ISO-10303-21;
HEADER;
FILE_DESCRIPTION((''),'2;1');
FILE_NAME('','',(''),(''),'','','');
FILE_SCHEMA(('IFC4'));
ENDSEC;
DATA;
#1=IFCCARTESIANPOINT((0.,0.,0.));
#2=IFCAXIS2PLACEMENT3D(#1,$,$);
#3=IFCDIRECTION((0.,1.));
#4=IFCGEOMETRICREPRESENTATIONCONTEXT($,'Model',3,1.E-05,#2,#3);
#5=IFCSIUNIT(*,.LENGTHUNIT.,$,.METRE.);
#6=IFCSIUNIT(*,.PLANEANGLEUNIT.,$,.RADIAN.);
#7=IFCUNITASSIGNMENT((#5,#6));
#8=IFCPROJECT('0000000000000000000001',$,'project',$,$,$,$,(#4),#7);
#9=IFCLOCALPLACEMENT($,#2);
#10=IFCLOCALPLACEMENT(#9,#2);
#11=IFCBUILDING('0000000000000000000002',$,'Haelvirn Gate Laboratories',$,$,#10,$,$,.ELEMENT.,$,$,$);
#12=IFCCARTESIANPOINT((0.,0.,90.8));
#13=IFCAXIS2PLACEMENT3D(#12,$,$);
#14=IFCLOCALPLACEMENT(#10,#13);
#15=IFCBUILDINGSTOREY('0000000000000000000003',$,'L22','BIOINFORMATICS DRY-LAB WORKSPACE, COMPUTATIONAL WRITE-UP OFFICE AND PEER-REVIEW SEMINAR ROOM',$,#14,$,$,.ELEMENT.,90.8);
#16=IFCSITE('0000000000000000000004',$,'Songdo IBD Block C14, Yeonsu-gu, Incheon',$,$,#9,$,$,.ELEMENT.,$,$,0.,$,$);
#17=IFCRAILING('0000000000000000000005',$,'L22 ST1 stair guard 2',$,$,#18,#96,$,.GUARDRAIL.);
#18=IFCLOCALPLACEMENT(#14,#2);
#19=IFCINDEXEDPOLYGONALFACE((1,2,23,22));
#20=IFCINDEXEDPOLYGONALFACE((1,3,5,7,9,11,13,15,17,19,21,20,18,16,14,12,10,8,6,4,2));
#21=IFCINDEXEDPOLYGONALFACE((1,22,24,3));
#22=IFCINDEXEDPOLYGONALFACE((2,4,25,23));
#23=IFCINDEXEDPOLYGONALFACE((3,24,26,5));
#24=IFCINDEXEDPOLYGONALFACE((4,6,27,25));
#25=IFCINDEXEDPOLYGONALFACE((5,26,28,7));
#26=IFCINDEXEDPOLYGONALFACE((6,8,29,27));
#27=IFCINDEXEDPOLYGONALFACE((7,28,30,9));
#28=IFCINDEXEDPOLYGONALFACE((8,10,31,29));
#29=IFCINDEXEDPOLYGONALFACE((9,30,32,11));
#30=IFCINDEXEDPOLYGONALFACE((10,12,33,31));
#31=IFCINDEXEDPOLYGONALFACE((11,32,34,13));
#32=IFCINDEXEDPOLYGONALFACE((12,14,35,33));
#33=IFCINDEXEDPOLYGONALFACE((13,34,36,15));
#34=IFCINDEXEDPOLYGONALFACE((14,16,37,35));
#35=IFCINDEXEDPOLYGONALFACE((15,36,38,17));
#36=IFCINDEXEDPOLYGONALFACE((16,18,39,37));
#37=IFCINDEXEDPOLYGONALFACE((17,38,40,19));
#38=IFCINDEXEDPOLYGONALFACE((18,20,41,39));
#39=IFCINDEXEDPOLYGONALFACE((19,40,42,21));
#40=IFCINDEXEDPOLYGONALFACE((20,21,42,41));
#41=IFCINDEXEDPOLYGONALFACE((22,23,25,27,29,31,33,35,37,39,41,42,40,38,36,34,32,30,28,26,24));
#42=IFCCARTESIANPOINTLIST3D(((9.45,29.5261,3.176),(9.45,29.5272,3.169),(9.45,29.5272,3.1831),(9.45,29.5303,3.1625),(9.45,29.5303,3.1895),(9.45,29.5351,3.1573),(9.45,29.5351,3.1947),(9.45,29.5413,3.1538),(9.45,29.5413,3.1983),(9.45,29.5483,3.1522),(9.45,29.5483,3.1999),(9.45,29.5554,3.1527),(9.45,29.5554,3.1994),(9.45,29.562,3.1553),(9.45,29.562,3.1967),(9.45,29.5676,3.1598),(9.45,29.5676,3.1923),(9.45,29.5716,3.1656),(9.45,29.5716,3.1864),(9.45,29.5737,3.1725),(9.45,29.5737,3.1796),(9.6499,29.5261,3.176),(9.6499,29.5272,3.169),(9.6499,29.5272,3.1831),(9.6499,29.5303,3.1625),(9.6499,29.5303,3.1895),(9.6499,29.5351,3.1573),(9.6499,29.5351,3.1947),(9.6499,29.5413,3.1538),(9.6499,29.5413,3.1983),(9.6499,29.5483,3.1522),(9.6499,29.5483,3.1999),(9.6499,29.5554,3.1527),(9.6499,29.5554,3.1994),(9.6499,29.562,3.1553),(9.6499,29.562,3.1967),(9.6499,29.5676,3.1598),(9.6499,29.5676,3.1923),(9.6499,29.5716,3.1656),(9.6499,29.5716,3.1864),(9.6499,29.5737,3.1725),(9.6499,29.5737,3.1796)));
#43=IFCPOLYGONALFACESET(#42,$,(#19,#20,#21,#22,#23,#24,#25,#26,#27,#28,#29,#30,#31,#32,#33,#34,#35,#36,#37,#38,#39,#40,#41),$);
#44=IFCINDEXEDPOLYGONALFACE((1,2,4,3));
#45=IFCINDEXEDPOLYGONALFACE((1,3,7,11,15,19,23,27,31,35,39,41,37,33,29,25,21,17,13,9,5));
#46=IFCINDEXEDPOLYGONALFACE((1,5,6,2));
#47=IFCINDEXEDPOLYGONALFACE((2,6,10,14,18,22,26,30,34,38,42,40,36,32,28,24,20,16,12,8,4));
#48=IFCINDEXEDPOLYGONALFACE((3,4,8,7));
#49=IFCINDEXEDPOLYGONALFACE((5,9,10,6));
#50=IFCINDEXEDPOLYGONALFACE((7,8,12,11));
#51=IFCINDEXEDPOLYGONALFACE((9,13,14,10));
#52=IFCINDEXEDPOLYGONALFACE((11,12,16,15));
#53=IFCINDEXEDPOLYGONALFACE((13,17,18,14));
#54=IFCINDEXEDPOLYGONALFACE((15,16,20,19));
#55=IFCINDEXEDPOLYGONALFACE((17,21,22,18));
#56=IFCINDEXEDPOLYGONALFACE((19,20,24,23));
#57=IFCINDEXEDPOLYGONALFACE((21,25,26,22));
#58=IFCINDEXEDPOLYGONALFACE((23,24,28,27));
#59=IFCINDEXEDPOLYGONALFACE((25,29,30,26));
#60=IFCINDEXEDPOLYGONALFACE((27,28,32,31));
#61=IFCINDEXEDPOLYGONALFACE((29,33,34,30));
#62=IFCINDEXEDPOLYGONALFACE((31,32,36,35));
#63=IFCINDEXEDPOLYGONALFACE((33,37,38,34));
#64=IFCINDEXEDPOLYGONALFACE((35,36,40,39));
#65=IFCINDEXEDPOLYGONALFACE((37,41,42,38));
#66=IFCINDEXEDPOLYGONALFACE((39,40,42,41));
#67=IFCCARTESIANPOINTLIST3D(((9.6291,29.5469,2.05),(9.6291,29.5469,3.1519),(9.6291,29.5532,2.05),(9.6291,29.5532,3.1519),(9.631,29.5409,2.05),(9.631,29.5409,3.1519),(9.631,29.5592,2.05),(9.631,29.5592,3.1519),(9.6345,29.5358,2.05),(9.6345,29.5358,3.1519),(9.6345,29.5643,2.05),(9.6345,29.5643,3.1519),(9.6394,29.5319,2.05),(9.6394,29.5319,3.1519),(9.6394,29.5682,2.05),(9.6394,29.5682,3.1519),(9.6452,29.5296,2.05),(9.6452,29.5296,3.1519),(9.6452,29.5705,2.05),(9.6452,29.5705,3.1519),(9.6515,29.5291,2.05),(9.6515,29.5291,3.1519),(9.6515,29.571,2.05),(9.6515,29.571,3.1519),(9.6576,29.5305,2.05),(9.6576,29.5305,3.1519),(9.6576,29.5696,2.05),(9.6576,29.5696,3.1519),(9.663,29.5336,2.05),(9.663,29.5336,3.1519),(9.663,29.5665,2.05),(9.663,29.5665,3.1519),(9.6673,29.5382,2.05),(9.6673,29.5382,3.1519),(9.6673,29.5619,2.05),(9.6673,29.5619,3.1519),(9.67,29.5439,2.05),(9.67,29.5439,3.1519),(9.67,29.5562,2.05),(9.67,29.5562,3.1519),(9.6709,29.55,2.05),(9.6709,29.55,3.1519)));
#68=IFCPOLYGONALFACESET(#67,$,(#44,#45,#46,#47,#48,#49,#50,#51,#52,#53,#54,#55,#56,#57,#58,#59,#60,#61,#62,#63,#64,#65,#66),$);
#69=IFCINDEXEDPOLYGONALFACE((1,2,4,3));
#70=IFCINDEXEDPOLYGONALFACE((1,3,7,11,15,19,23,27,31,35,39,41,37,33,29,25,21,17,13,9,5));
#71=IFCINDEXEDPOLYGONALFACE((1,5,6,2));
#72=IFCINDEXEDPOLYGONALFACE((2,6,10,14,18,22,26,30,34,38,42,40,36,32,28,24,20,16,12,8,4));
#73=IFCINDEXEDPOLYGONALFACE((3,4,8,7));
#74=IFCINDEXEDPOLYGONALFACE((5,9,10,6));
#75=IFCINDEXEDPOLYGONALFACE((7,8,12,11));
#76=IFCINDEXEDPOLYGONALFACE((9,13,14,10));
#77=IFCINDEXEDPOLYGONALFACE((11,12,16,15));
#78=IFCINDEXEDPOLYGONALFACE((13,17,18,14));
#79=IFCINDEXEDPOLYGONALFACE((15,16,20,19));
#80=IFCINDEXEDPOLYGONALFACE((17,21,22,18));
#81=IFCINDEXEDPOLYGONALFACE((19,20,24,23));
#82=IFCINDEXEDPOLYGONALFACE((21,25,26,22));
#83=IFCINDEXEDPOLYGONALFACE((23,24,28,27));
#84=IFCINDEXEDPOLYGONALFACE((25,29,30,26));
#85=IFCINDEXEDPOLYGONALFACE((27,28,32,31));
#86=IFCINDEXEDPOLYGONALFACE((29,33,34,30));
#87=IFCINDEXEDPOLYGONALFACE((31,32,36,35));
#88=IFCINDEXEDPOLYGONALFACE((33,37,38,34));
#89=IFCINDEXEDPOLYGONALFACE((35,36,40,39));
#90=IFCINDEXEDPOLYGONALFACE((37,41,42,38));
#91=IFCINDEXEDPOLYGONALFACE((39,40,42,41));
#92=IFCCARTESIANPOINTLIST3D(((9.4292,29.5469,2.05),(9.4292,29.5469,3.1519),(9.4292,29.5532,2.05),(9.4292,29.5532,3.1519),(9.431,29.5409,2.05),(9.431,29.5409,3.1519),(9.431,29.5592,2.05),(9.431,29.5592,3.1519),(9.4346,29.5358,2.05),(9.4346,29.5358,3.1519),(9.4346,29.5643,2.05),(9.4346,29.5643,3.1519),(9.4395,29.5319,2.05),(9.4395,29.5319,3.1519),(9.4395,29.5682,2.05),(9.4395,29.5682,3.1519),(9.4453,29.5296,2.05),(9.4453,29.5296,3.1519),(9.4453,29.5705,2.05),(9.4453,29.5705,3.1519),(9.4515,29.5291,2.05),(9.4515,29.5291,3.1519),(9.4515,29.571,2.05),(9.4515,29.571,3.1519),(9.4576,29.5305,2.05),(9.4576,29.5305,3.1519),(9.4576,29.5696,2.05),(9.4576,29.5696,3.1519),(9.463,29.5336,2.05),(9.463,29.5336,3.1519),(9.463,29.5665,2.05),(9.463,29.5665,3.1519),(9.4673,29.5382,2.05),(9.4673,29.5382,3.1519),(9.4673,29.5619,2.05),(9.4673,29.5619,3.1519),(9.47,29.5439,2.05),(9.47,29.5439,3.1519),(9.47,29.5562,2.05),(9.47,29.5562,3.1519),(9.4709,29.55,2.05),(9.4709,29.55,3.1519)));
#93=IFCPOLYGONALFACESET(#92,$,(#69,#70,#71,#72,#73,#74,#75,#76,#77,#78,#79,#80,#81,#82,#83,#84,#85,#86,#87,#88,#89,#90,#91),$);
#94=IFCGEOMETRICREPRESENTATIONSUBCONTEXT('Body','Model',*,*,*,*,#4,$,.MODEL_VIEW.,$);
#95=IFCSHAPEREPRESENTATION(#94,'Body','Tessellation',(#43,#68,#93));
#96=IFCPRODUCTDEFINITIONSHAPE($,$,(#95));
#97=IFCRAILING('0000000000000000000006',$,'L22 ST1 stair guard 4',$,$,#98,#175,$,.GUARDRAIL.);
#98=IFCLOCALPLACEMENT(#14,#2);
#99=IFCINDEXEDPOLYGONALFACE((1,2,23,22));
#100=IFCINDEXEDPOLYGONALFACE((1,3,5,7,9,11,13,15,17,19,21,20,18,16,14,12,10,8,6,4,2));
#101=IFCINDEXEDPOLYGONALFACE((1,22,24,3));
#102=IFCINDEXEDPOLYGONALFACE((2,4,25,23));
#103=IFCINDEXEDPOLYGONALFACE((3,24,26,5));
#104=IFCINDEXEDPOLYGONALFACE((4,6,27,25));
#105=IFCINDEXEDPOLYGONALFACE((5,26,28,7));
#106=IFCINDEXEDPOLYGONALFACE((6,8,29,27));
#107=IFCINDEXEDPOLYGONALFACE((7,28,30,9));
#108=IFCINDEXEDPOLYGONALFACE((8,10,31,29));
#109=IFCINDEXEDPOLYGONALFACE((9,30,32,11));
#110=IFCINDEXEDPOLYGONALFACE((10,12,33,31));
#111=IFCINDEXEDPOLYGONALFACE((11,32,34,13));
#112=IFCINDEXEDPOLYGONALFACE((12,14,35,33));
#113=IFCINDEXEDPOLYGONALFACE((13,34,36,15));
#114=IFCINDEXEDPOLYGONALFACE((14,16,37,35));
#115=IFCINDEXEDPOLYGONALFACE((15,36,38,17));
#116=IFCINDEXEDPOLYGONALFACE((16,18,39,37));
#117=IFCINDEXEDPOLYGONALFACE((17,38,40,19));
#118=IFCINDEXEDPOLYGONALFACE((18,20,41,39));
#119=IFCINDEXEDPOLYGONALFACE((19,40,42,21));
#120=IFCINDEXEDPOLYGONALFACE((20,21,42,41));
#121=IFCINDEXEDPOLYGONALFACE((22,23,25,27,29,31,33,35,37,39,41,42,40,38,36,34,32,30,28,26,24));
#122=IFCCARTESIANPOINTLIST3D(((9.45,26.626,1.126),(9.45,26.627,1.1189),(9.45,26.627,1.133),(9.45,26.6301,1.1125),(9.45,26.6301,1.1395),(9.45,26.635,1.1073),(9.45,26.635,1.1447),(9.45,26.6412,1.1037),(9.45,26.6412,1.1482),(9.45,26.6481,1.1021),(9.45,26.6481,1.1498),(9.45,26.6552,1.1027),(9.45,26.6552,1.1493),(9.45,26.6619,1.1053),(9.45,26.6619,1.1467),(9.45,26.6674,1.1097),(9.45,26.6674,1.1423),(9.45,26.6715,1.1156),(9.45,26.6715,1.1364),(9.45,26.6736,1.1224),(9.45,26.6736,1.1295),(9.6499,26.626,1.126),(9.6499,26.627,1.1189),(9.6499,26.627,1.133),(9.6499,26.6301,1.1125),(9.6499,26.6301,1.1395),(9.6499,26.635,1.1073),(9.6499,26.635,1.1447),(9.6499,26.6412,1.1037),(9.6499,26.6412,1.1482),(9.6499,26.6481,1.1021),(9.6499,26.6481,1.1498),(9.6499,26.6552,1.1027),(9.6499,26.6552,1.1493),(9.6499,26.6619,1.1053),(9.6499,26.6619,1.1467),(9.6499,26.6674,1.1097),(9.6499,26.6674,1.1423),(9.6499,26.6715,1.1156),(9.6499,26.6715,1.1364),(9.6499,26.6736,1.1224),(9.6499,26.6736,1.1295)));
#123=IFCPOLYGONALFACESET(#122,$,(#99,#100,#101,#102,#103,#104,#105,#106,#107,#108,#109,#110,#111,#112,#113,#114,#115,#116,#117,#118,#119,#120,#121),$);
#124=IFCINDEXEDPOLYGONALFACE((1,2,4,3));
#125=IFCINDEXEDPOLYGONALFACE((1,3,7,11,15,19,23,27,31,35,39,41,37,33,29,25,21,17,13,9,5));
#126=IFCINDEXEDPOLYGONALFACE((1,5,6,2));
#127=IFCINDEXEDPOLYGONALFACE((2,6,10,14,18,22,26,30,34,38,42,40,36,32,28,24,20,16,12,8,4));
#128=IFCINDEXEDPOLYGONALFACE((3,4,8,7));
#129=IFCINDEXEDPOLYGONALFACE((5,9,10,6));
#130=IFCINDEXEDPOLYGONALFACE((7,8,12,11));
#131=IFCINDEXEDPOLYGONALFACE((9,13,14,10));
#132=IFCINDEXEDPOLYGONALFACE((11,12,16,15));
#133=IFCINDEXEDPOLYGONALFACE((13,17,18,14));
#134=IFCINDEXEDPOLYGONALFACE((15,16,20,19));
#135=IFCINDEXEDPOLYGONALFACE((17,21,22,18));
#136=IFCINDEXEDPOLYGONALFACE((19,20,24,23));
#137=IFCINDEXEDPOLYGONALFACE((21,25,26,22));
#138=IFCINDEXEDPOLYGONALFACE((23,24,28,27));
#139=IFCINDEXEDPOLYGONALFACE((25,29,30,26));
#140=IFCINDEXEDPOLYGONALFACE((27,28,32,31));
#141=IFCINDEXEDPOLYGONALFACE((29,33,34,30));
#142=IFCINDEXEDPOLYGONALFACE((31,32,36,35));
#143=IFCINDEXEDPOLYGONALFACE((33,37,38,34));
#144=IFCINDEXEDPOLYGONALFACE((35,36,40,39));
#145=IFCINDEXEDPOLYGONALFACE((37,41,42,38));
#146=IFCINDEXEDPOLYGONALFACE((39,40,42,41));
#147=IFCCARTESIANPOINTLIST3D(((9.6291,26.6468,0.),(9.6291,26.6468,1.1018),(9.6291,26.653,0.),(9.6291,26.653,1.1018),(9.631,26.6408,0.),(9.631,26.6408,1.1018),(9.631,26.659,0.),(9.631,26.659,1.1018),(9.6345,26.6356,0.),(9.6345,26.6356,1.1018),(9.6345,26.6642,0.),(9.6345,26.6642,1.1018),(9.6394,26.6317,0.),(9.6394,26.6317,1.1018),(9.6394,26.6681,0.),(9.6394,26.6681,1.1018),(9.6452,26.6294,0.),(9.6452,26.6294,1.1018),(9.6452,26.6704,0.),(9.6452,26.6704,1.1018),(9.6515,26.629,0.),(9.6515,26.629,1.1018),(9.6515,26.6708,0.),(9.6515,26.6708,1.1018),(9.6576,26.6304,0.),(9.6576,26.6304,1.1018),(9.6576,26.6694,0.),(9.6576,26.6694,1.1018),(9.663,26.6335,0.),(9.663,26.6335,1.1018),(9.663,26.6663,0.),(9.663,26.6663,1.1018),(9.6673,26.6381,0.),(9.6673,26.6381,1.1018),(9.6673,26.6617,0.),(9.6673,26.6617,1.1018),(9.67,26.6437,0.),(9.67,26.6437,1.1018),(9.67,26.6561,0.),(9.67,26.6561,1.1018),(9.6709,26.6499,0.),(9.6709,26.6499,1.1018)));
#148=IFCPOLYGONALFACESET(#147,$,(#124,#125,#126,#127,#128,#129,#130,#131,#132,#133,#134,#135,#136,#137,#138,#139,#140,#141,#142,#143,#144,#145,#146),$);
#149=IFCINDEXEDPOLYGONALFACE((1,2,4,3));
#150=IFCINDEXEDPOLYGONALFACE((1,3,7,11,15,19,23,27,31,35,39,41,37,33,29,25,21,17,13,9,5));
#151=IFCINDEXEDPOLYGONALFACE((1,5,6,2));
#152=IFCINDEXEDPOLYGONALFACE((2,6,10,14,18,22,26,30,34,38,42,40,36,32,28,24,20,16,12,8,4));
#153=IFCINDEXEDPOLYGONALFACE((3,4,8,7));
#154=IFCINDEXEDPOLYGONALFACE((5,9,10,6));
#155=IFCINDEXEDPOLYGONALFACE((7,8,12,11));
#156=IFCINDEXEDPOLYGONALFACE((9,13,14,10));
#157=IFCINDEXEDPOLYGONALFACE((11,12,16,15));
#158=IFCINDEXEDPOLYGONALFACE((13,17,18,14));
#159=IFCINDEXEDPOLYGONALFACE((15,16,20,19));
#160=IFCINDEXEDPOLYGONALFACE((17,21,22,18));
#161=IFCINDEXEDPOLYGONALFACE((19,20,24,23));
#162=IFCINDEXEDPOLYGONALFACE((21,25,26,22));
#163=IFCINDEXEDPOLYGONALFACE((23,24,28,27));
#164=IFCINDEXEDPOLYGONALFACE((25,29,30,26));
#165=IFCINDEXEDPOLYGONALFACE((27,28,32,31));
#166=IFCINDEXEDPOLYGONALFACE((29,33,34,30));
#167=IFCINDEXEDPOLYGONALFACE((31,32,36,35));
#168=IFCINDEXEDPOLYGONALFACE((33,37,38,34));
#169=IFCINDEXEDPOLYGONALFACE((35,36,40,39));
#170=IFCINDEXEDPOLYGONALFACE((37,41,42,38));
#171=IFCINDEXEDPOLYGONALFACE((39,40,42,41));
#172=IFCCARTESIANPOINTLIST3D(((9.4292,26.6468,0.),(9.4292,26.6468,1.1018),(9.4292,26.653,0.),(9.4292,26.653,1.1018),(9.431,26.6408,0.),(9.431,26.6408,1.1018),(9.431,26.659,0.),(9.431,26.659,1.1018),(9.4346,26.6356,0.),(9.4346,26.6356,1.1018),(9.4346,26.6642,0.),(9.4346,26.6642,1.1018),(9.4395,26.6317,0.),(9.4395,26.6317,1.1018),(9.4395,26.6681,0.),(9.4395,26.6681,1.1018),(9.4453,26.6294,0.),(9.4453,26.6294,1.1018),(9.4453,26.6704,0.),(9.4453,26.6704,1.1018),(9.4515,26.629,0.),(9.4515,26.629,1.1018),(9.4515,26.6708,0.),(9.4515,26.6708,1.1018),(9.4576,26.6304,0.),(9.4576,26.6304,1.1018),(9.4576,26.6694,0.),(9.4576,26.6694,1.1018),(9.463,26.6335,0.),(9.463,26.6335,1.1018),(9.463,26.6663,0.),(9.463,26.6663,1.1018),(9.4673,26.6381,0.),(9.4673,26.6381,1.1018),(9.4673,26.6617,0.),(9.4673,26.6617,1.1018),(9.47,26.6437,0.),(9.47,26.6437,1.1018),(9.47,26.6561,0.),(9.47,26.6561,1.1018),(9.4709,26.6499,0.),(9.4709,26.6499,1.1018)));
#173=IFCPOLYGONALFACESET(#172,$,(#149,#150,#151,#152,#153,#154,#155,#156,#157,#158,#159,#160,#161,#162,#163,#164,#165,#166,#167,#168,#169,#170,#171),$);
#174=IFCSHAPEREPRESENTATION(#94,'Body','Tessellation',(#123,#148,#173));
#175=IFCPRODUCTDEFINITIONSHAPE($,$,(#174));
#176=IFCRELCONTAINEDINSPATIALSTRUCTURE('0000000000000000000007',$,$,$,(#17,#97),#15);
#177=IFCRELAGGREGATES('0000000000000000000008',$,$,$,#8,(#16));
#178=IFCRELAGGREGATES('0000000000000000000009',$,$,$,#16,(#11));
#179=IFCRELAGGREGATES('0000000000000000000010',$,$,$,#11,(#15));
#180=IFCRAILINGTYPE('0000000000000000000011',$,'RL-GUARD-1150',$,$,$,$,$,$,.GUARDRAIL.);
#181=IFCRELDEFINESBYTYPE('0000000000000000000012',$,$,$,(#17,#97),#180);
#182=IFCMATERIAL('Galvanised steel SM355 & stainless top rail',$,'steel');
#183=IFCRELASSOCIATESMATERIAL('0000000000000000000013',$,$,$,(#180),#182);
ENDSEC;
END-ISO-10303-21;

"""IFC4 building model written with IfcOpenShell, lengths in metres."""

from ifc_helpers import new_model, si_unit, direction, frame, origin, origin_2d, place, context, subcontext, project, spatial, circle, extrude, source, transform, mapped, material, type_object, element, save


model = new_model("IFC4")

# Units and contexts
model_context = context("Model", 3, precision=1e-05, world=origin(), true_north=direction((0.0, 1.0)))
body_context = subcontext(model_context, "Body", "Model", "MODEL_VIEW")
ifc_project = project(units=[si_unit("LENGTHUNIT", "METRE"), si_unit("PLANEANGLEUNIT", "RADIAN")], contexts=[model_context])

# Site, building, storey
site_placement = place(None, origin())
site = spatial("IfcSite", under=ifc_project, at=site_placement, Name="Songdo IBD Block C14, Yeonsu-gu, Incheon", CompositionType="ELEMENT", RefElevation=0.0)
building_placement = place(site_placement, origin())
building = spatial("IfcBuilding", under=site, at=building_placement, Name="Haelvirn Gate Laboratories", CompositionType="ELEMENT")
storey_placement = place(building_placement, frame((0.0, 0.0, 90.8)))
storey = spatial("IfcBuildingStorey", under=building, at=storey_placement, Name="L22", Description="BIOINFORMATICS DRY-LAB WORKSPACE, COMPUTATIONAL WRITE-UP OFFICE AND PEER-REVIEW SEMINAR ROOM", CompositionType="ELEMENT", Elevation=90.8)

# Railings
ifc_material_1 = material(Name="Galvanised steel SM355 & stainless top rail", Category="steel")
railing_type_1 = type_object("IfcRailingType", Name="RL-GUARD-1150", PredefinedType="GUARDRAIL", material=ifc_material_1)
shared_shape_1 = source(origin(), body_context, "Body", "SweptSolid", [
    extrude(circle(Radius=0.0239, at=origin_2d()), frame((0.0, 0.0, 1.126), z_axis=(-1.0, 0.0, 0.0), x_axis=(0.0, -1.0, 0.0)), (0.0, 0.0, 1.0), 0.2),
    extrude(circle(Radius=0.021, at=origin_2d()), origin(), (0.0, 0.0, 1.0), 1.1018),
    extrude(circle(Radius=0.021, at=origin_2d()), frame((-0.2, 0.0, 0.0)), (0.0, 0.0, 1.0), 1.1018),
])
for number, where, name in (
    (1, (9.6499, 29.55, 2.05), "L22 ST1 stair guard 2"),
    (2, (9.6499, 26.6499, 0.0), "L22 ST1 stair guard 4"),
):
    element("IfcRailing", number, at=place(storey_placement, frame(where)), inside=storey, type_object=railing_type_1, Name=name, PredefinedType="GUARDRAIL", context=body_context, shape_type="MappedRepresentation", body=[
        mapped(shared_shape_1, transform((0.0, 0.0, 0.0), scale=1.0)),
    ])

save(model, "model.ifc")
